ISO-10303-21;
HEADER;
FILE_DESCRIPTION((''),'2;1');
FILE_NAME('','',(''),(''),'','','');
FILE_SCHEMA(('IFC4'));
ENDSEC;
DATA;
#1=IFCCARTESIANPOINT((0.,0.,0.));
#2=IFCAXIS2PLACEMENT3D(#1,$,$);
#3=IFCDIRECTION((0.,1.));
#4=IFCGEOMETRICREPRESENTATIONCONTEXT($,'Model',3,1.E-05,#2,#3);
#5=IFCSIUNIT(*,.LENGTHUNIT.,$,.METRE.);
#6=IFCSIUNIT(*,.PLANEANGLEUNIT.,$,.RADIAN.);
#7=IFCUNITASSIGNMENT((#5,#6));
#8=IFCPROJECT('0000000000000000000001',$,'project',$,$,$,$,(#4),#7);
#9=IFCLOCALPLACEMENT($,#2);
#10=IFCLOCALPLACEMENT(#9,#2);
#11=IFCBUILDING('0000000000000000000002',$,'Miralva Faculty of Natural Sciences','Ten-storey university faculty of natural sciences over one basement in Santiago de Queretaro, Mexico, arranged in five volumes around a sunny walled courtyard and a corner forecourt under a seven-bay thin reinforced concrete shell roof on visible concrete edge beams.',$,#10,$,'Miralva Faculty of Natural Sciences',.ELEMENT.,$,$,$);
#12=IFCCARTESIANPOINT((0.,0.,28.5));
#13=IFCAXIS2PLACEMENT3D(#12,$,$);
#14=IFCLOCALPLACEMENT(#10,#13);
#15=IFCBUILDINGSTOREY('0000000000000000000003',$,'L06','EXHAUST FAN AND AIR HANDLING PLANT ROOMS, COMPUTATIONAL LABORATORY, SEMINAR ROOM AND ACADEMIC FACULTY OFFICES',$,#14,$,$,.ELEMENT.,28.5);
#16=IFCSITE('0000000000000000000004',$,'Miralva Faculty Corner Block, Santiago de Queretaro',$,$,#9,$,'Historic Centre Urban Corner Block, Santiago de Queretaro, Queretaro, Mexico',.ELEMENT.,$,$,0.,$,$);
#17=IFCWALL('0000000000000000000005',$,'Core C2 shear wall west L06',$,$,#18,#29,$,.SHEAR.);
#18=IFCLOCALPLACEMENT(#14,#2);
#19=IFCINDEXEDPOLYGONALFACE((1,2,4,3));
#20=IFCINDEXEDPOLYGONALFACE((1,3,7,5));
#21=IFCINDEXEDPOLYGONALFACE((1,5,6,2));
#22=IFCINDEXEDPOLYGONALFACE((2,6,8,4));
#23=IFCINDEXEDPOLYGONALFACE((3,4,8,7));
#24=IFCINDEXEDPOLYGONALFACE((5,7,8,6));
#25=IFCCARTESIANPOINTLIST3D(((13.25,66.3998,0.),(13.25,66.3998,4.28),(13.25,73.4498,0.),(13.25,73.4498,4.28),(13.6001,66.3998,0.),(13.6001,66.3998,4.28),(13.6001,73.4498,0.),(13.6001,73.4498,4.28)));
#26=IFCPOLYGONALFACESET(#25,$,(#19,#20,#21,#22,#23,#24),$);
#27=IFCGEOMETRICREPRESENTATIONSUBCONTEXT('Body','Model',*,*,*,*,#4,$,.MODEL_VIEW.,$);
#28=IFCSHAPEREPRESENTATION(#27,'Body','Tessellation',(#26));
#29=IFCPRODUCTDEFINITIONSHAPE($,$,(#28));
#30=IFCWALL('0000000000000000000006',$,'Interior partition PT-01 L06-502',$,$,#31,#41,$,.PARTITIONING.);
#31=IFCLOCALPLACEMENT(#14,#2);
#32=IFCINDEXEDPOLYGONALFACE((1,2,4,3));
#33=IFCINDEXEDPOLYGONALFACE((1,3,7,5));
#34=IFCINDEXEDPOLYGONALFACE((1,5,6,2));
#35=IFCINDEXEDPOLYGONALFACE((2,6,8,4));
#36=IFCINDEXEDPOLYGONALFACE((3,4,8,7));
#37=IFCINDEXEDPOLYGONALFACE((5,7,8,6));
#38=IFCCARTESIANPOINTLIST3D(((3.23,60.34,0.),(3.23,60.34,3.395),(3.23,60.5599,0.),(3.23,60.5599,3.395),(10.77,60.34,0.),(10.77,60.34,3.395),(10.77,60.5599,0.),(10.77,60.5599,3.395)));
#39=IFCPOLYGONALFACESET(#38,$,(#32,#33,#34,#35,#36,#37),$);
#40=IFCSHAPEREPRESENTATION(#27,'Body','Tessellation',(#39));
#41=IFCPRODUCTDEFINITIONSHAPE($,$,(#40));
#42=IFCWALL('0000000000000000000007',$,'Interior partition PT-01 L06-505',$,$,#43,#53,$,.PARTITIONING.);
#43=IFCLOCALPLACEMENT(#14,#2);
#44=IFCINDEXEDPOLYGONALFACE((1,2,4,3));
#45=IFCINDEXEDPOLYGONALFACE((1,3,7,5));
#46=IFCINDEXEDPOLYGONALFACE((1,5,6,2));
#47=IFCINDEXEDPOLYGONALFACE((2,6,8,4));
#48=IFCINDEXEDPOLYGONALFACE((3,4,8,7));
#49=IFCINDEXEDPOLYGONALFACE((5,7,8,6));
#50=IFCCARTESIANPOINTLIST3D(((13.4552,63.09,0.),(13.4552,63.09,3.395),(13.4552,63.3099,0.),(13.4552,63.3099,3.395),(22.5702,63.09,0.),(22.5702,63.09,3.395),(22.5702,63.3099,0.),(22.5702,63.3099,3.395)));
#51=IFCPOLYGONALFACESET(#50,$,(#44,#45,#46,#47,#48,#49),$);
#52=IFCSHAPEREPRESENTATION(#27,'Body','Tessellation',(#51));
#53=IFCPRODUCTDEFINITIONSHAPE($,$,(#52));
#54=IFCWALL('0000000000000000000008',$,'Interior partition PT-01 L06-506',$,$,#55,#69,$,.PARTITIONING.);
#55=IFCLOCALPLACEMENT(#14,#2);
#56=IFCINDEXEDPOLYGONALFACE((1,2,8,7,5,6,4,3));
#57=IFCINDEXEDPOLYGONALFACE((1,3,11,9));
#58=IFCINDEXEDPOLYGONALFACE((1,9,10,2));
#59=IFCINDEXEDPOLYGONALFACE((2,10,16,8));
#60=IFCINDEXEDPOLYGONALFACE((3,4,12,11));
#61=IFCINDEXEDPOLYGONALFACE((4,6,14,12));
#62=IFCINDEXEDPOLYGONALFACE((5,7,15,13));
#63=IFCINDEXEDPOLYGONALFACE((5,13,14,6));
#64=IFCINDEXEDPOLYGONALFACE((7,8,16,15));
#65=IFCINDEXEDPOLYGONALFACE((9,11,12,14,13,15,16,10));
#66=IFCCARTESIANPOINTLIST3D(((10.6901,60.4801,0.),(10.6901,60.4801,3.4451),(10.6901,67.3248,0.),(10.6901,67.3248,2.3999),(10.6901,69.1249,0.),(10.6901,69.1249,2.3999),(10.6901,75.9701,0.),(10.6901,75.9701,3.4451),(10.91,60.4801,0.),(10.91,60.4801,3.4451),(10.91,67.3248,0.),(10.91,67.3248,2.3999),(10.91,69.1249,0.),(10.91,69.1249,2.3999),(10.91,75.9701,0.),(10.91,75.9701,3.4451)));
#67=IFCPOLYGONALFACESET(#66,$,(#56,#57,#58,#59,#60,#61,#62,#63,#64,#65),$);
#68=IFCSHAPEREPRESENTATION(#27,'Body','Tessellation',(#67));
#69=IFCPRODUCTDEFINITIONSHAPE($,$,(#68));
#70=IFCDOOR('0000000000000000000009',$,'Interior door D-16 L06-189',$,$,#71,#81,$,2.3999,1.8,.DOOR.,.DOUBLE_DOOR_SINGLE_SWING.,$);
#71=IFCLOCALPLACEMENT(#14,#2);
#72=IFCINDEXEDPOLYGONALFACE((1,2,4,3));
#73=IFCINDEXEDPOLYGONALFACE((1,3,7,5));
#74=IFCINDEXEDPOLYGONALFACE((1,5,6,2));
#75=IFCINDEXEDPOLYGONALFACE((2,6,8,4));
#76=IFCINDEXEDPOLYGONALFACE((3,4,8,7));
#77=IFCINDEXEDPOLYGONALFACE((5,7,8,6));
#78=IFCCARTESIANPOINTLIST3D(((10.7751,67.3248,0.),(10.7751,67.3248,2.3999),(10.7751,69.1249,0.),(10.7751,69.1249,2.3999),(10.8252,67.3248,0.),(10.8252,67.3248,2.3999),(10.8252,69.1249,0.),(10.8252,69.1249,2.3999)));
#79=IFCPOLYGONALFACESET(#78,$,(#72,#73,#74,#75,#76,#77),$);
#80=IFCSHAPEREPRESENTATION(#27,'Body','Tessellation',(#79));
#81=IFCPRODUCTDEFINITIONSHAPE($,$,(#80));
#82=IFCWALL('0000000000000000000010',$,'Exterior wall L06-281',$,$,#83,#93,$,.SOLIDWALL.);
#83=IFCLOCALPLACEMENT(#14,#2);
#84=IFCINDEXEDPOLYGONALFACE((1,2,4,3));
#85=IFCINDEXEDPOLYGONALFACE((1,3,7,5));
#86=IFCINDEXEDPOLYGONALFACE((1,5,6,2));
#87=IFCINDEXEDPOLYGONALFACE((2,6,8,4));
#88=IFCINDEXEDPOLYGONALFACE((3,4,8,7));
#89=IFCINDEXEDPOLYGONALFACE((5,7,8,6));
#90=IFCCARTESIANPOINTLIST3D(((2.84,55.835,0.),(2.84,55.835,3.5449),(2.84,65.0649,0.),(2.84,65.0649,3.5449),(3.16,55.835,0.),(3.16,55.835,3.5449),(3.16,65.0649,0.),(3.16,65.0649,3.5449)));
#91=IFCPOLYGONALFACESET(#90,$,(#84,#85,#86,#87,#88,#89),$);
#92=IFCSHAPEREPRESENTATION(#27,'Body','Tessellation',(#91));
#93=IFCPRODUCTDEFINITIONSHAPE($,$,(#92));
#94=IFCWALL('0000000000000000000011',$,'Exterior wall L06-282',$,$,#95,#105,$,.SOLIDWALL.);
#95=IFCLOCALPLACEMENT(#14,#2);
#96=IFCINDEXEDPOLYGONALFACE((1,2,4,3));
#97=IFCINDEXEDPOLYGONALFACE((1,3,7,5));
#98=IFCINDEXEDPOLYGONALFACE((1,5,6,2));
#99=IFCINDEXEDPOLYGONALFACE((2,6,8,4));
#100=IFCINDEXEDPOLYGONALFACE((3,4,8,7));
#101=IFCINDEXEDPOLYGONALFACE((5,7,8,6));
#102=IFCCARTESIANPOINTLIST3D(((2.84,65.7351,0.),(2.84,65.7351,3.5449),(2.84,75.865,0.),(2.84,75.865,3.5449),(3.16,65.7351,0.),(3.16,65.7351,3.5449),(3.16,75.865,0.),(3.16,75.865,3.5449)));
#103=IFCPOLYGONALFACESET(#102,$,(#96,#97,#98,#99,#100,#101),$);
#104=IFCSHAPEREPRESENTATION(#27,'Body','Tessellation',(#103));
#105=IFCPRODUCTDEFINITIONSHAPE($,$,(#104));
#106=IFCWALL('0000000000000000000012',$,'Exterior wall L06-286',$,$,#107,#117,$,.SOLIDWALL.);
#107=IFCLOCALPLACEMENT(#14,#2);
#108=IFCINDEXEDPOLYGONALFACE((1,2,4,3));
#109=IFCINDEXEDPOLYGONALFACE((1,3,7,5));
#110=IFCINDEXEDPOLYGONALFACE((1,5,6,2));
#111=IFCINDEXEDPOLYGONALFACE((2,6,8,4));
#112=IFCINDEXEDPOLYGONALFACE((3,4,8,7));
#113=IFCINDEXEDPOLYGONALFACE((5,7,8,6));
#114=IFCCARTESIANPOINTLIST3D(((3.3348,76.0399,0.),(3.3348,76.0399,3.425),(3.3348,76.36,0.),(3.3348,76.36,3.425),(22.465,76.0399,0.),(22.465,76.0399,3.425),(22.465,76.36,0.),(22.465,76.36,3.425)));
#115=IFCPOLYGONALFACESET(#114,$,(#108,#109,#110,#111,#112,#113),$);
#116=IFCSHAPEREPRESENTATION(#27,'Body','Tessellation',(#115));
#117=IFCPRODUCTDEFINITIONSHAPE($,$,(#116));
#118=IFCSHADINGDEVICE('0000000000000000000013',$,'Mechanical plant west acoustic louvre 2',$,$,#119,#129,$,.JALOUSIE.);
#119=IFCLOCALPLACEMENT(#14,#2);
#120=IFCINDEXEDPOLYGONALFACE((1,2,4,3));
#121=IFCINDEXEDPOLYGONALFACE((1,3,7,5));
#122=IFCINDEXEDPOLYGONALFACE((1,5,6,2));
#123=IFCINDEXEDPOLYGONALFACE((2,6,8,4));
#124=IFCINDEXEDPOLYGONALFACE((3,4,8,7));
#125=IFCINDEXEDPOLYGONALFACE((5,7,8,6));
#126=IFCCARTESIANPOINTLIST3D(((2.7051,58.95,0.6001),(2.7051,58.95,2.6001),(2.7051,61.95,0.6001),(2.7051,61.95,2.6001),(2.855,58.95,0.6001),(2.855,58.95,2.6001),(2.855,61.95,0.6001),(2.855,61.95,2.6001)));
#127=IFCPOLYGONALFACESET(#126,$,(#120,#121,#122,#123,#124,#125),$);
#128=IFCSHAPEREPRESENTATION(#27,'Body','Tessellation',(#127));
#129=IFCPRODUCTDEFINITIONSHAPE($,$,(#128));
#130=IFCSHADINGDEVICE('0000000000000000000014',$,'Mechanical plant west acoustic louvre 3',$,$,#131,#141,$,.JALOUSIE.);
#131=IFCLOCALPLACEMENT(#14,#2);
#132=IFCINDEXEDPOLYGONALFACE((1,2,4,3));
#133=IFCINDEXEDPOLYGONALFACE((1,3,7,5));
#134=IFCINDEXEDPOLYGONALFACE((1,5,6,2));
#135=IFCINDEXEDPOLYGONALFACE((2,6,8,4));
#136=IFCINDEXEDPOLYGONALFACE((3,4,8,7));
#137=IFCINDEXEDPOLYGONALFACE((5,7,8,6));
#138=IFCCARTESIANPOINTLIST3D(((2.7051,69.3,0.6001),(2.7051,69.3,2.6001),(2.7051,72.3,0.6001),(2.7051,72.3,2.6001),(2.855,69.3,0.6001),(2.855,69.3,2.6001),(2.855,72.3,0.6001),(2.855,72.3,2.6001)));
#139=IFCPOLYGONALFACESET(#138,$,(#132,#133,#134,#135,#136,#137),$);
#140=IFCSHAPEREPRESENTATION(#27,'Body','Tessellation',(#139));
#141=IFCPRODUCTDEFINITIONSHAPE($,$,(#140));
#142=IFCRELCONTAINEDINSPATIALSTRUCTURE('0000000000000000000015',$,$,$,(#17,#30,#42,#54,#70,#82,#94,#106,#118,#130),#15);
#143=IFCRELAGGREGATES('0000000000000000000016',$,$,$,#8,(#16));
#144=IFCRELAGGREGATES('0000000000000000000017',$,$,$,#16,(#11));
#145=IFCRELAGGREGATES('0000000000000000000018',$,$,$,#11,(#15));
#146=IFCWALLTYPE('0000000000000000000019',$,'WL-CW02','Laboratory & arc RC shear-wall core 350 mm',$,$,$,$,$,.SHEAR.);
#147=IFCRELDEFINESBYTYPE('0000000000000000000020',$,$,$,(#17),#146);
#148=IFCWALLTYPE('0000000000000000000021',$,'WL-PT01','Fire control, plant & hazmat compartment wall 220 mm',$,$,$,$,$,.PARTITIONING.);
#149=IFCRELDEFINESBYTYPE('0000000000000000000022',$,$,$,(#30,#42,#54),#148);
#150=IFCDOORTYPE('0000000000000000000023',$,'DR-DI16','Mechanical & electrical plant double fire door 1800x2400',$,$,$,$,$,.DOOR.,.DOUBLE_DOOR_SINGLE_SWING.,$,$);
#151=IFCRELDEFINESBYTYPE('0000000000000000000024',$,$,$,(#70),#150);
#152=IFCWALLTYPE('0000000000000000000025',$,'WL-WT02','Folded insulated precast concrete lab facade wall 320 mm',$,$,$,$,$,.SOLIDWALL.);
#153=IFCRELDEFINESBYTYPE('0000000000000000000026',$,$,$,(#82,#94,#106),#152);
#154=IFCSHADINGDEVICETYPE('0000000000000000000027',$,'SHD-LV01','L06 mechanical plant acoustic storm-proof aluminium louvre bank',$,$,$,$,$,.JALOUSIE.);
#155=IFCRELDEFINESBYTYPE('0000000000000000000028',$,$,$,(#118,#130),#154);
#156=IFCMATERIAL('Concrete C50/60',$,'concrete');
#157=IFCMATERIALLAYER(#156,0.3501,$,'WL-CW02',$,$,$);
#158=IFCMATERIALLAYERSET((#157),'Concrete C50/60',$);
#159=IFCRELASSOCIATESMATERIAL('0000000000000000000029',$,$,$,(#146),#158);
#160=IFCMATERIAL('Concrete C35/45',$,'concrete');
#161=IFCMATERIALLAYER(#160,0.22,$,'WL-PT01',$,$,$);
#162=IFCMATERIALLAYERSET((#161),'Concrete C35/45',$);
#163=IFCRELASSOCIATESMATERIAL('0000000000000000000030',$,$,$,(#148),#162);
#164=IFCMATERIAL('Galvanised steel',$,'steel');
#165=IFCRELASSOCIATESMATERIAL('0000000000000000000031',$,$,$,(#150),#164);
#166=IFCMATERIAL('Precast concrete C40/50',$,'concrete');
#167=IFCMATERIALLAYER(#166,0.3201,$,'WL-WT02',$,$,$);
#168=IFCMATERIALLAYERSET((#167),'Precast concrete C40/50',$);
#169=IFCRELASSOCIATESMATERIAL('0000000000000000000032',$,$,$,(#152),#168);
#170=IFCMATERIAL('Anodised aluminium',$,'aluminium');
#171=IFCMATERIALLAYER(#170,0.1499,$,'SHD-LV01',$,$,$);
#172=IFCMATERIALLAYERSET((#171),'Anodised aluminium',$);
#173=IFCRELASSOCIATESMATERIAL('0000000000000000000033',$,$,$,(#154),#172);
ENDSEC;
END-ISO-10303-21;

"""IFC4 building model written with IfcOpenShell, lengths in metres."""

from ifc_helpers import new_model, si_unit, direction, frame, frame_2d, origin, origin_2d, place, context, subcontext, project, spatial, rectangle, extrude, material, layer, layer_set, type_object, element, fill, save


model = new_model("IFC4")

# Units and contexts
model_context = context("Model", 3, precision=1e-05, world=origin(), true_north=direction((0.0, 1.0)))
body_context = subcontext(model_context, "Body", "Model", "MODEL_VIEW")
ifc_project = project(units=[si_unit("LENGTHUNIT", "METRE"), si_unit("PLANEANGLEUNIT", "RADIAN")], contexts=[model_context])

# Site, building, storey
site_placement = place(None, origin())
site = spatial("IfcSite", under=ifc_project, at=site_placement, Name="Miralva Faculty Corner Block, Santiago de Queretaro", LongName="Historic Centre Urban Corner Block, Santiago de Queretaro, Queretaro, Mexico", CompositionType="ELEMENT", RefElevation=0.0)
building_placement = place(site_placement, origin())
building = spatial("IfcBuilding", under=site, at=building_placement, Name="Miralva Faculty of Natural Sciences", Description="Ten-storey university faculty of natural sciences over one basement in Santiago de Queretaro, Mexico, arranged in five volumes around a sunny walled courtyard and a corner forecourt under a seven-bay thin reinforced concrete shell roof on visible concrete edge beams.", LongName="Miralva Faculty of Natural Sciences", CompositionType="ELEMENT")
storey_placement = place(building_placement, frame((0.0, 0.0, 28.5)))
storey = spatial("IfcBuildingStorey", under=building, at=storey_placement, Name="L06", Description="EXHAUST FAN AND AIR HANDLING PLANT ROOMS, COMPUTATIONAL LABORATORY, SEMINAR ROOM AND ACADEMIC FACULTY OFFICES", CompositionType="ELEMENT", Elevation=28.5)

# Shared definitions
ifc_material_1 = material(Name="Concrete C50/60", Category="concrete")
ifc_layer_1 = layer(ifc_material_1, 0.3501, Name="WL-CW02")
ifc_layer_set_1 = layer_set([ifc_layer_1], Name="Concrete C50/60")
wall_type_1 = type_object("IfcWallType", Name="WL-CW02", Description="Laboratory & arc RC shear-wall core 350 mm", PredefinedType="SHEAR", material=ifc_layer_set_1)
ifc_material_2 = material(Name="Galvanised steel", Category="steel")

# Walls
wall_1_placement = place(storey_placement, frame((13.425, 66.3999, 0.0), z_axis=(0.0, 0.0, 1.0), x_axis=(0.0, 1.0, 0.0)))
element("IfcWall", 1, at=wall_1_placement, inside=storey, type_object=wall_type_1, Name="Core C2 shear wall west L06", PredefinedType="SHEAR", context=body_context, shape_type="SweptSolid", body=[
    extrude(rectangle(XDim=7.05, YDim=0.3501, at=frame_2d((3.5249, 0.0))), origin(), (0.0, 0.0, 1.0), 4.28),
])
ifc_material_3 = material(Name="Concrete C35/45", Category="concrete")
ifc_layer_2 = layer(ifc_material_3, 0.22, Name="WL-PT01")
ifc_layer_set_2 = layer_set([ifc_layer_2], Name="Concrete C35/45")
wall_type_2 = type_object("IfcWallType", Name="WL-PT01", Description="Fire control, plant & hazmat compartment wall 220 mm", PredefinedType="PARTITIONING", material=ifc_layer_set_2)
wall_2_placement = place(storey_placement, frame((3.23, 60.45, 0.0), z_axis=(0.0, 0.0, 1.0), x_axis=(1.0, 0.0, 0.0)))
element("IfcWall", 2, at=wall_2_placement, inside=storey, type_object=wall_type_2, Name="Interior partition PT-01 L06-502", PredefinedType="PARTITIONING", context=body_context, shape_type="SweptSolid", body=[
    extrude(rectangle(XDim=7.54, YDim=0.22, at=frame_2d((3.77, 0.0))), origin(), (0.0, 0.0, 1.0), 3.395),
])
wall_3_placement = place(storey_placement, frame((13.4551, 63.2, 0.0), z_axis=(0.0, 0.0, 1.0), x_axis=(1.0, 0.0, 0.0)))
element("IfcWall", 3, at=wall_3_placement, inside=storey, type_object=wall_type_2, Name="Interior partition PT-01 L06-505", PredefinedType="PARTITIONING", context=body_context, shape_type="SweptSolid", body=[
    extrude(rectangle(XDim=9.115, YDim=0.22, at=frame_2d((4.5576, 0.0))), origin(), (0.0, 0.0, 1.0), 3.395),
])

# Wall, opening, door
wall_4_placement = place(storey_placement, frame((10.8, 60.48, 0.0), z_axis=(0.0, 0.0, 1.0), x_axis=(0.0, 1.0, 0.0)))
wall_4 = element("IfcWall", 4, at=wall_4_placement, inside=storey, type_object=wall_type_2, Name="Interior partition PT-01 L06-506", PredefinedType="PARTITIONING", context=body_context, shape_type="SweptSolid", body=[
    extrude(rectangle(XDim=15.49, YDim=0.22, at=frame_2d((7.7451, 0.0))), origin(), (0.0, 0.0, 1.0), 3.4451),
])
opening_1_placement = place(wall_4_placement, frame((6.845, 0.0, 0.0)))
opening_1 = element("IfcOpeningElement", 5, at=opening_1_placement, cuts=wall_4, PredefinedType="OPENING", context=body_context, shape_type="SweptSolid", body=[
    extrude(rectangle(XDim=1.8, YDim=2.3999, at=frame_2d((0.8999, 1.2))), frame((0.0, 0.1199, 0.0), z_axis=(0.0, -1.0, 0.0), x_axis=(1.0, 0.0, 0.0)), (0.0, 0.0, 1.0), 0.24),
])
door_type_1 = type_object("IfcDoorType", Name="DR-DI16", Description="Mechanical & electrical plant double fire door 1800x2400", OperationType="DOUBLE_DOOR_SINGLE_SWING", PredefinedType="DOOR", material=ifc_material_2)
door_1_placement = place(opening_1_placement, origin())
door_1 = element("IfcDoor", 6, at=door_1_placement, inside=storey, type_object=door_type_1, Name="Interior door D-16 L06-189", OperationType="DOUBLE_DOOR_SINGLE_SWING", OverallHeight=2.3999, OverallWidth=1.8, PredefinedType="DOOR", context=body_context, shape_type="SweptSolid", body=[
    extrude(rectangle(XDim=1.8, YDim=2.3999, at=frame_2d((0.8999, 1.2))), frame((0.0, 0.0249, 0.0), z_axis=(0.0, -1.0, 0.0), x_axis=(1.0, 0.0, 0.0)), (0.0, 0.0, 1.0), 0.05),
])
fill(opening_1, door_1)

# Walls
ifc_material_4 = material(Name="Precast concrete C40/50", Category="concrete")
ifc_layer_3 = layer(ifc_material_4, 0.3201, Name="WL-WT02")
ifc_layer_set_3 = layer_set([ifc_layer_3], Name="Precast concrete C40/50")
wall_type_3 = type_object("IfcWallType", Name="WL-WT02", Description="Folded insulated precast concrete lab facade wall 320 mm", PredefinedType="SOLIDWALL", material=ifc_layer_set_3)
wall_5_placement = place(storey_placement, frame((3.0, 55.835, 0.0), z_axis=(0.0, 0.0, 1.0), x_axis=(0.0, 1.0, 0.0)))
element("IfcWall", 7, at=wall_5_placement, inside=storey, type_object=wall_type_3, Name="Exterior wall L06-281", PredefinedType="SOLIDWALL", context=body_context, shape_type="SweptSolid", body=[
    extrude(rectangle(XDim=9.23, YDim=0.3201, at=frame_2d((4.615, 0.0))), origin(), (0.0, 0.0, 1.0), 3.5449),
])
wall_6_placement = place(storey_placement, frame((3.0, 65.7351, 0.0), z_axis=(0.0, 0.0, 1.0), x_axis=(0.0, 1.0, 0.0)))
element("IfcWall", 8, at=wall_6_placement, inside=storey, type_object=wall_type_3, Name="Exterior wall L06-282", PredefinedType="SOLIDWALL", context=body_context, shape_type="SweptSolid", body=[
    extrude(rectangle(XDim=10.1299, YDim=0.3201, at=frame_2d((5.0649, 0.0))), origin(), (0.0, 0.0, 1.0), 3.5449),
])
wall_7_placement = place(storey_placement, frame((3.335, 76.2, 0.0), z_axis=(0.0, 0.0, 1.0), x_axis=(1.0, 0.0, 0.0)))
element("IfcWall", 9, at=wall_7_placement, inside=storey, type_object=wall_type_3, Name="Exterior wall L06-286", PredefinedType="SOLIDWALL", context=body_context, shape_type="SweptSolid", body=[
    extrude(rectangle(XDim=19.1301, YDim=0.3201, at=frame_2d((9.5649, 0.0))), origin(), (0.0, 0.0, 1.0), 3.425),
])

# Shading devices
ifc_material_5 = material(Name="Anodised aluminium", Category="aluminium")
ifc_layer_4 = layer(ifc_material_5, 0.1499, Name="SHD-LV01")
ifc_layer_set_4 = layer_set([ifc_layer_4], Name="Anodised aluminium")
shading_device_type = type_object("IfcShadingDeviceType", Name="SHD-LV01", Description="L06 mechanical plant acoustic storm-proof aluminium louvre bank", PredefinedType="JALOUSIE", material=ifc_layer_set_4)
for number, where, z_axis, x_axis, name in (
    (10, (2.78, 60.45, 0.6001), (0.0, 0.0, 1.0), (1.0, 0.0, 0.0), "Mechanical plant west acoustic louvre 2"),
    (11, (2.78, 70.8, 0.6001), (0.0, 0.0, 1.0), (1.0, 0.0, 0.0), "Mechanical plant west acoustic louvre 3"),
):
    element("IfcShadingDevice", number, at=place(storey_placement, frame(where, z_axis=z_axis, x_axis=x_axis)), inside=storey, type_object=shading_device_type, Name=name, PredefinedType="JALOUSIE", context=body_context, shape_type="SweptSolid", body=[
        extrude(rectangle(XDim=0.1499, YDim=3.0, at=origin_2d()), origin(), (0.0, 0.0, 1.0), 2.0),
    ])

save(model, "model.ifc")
